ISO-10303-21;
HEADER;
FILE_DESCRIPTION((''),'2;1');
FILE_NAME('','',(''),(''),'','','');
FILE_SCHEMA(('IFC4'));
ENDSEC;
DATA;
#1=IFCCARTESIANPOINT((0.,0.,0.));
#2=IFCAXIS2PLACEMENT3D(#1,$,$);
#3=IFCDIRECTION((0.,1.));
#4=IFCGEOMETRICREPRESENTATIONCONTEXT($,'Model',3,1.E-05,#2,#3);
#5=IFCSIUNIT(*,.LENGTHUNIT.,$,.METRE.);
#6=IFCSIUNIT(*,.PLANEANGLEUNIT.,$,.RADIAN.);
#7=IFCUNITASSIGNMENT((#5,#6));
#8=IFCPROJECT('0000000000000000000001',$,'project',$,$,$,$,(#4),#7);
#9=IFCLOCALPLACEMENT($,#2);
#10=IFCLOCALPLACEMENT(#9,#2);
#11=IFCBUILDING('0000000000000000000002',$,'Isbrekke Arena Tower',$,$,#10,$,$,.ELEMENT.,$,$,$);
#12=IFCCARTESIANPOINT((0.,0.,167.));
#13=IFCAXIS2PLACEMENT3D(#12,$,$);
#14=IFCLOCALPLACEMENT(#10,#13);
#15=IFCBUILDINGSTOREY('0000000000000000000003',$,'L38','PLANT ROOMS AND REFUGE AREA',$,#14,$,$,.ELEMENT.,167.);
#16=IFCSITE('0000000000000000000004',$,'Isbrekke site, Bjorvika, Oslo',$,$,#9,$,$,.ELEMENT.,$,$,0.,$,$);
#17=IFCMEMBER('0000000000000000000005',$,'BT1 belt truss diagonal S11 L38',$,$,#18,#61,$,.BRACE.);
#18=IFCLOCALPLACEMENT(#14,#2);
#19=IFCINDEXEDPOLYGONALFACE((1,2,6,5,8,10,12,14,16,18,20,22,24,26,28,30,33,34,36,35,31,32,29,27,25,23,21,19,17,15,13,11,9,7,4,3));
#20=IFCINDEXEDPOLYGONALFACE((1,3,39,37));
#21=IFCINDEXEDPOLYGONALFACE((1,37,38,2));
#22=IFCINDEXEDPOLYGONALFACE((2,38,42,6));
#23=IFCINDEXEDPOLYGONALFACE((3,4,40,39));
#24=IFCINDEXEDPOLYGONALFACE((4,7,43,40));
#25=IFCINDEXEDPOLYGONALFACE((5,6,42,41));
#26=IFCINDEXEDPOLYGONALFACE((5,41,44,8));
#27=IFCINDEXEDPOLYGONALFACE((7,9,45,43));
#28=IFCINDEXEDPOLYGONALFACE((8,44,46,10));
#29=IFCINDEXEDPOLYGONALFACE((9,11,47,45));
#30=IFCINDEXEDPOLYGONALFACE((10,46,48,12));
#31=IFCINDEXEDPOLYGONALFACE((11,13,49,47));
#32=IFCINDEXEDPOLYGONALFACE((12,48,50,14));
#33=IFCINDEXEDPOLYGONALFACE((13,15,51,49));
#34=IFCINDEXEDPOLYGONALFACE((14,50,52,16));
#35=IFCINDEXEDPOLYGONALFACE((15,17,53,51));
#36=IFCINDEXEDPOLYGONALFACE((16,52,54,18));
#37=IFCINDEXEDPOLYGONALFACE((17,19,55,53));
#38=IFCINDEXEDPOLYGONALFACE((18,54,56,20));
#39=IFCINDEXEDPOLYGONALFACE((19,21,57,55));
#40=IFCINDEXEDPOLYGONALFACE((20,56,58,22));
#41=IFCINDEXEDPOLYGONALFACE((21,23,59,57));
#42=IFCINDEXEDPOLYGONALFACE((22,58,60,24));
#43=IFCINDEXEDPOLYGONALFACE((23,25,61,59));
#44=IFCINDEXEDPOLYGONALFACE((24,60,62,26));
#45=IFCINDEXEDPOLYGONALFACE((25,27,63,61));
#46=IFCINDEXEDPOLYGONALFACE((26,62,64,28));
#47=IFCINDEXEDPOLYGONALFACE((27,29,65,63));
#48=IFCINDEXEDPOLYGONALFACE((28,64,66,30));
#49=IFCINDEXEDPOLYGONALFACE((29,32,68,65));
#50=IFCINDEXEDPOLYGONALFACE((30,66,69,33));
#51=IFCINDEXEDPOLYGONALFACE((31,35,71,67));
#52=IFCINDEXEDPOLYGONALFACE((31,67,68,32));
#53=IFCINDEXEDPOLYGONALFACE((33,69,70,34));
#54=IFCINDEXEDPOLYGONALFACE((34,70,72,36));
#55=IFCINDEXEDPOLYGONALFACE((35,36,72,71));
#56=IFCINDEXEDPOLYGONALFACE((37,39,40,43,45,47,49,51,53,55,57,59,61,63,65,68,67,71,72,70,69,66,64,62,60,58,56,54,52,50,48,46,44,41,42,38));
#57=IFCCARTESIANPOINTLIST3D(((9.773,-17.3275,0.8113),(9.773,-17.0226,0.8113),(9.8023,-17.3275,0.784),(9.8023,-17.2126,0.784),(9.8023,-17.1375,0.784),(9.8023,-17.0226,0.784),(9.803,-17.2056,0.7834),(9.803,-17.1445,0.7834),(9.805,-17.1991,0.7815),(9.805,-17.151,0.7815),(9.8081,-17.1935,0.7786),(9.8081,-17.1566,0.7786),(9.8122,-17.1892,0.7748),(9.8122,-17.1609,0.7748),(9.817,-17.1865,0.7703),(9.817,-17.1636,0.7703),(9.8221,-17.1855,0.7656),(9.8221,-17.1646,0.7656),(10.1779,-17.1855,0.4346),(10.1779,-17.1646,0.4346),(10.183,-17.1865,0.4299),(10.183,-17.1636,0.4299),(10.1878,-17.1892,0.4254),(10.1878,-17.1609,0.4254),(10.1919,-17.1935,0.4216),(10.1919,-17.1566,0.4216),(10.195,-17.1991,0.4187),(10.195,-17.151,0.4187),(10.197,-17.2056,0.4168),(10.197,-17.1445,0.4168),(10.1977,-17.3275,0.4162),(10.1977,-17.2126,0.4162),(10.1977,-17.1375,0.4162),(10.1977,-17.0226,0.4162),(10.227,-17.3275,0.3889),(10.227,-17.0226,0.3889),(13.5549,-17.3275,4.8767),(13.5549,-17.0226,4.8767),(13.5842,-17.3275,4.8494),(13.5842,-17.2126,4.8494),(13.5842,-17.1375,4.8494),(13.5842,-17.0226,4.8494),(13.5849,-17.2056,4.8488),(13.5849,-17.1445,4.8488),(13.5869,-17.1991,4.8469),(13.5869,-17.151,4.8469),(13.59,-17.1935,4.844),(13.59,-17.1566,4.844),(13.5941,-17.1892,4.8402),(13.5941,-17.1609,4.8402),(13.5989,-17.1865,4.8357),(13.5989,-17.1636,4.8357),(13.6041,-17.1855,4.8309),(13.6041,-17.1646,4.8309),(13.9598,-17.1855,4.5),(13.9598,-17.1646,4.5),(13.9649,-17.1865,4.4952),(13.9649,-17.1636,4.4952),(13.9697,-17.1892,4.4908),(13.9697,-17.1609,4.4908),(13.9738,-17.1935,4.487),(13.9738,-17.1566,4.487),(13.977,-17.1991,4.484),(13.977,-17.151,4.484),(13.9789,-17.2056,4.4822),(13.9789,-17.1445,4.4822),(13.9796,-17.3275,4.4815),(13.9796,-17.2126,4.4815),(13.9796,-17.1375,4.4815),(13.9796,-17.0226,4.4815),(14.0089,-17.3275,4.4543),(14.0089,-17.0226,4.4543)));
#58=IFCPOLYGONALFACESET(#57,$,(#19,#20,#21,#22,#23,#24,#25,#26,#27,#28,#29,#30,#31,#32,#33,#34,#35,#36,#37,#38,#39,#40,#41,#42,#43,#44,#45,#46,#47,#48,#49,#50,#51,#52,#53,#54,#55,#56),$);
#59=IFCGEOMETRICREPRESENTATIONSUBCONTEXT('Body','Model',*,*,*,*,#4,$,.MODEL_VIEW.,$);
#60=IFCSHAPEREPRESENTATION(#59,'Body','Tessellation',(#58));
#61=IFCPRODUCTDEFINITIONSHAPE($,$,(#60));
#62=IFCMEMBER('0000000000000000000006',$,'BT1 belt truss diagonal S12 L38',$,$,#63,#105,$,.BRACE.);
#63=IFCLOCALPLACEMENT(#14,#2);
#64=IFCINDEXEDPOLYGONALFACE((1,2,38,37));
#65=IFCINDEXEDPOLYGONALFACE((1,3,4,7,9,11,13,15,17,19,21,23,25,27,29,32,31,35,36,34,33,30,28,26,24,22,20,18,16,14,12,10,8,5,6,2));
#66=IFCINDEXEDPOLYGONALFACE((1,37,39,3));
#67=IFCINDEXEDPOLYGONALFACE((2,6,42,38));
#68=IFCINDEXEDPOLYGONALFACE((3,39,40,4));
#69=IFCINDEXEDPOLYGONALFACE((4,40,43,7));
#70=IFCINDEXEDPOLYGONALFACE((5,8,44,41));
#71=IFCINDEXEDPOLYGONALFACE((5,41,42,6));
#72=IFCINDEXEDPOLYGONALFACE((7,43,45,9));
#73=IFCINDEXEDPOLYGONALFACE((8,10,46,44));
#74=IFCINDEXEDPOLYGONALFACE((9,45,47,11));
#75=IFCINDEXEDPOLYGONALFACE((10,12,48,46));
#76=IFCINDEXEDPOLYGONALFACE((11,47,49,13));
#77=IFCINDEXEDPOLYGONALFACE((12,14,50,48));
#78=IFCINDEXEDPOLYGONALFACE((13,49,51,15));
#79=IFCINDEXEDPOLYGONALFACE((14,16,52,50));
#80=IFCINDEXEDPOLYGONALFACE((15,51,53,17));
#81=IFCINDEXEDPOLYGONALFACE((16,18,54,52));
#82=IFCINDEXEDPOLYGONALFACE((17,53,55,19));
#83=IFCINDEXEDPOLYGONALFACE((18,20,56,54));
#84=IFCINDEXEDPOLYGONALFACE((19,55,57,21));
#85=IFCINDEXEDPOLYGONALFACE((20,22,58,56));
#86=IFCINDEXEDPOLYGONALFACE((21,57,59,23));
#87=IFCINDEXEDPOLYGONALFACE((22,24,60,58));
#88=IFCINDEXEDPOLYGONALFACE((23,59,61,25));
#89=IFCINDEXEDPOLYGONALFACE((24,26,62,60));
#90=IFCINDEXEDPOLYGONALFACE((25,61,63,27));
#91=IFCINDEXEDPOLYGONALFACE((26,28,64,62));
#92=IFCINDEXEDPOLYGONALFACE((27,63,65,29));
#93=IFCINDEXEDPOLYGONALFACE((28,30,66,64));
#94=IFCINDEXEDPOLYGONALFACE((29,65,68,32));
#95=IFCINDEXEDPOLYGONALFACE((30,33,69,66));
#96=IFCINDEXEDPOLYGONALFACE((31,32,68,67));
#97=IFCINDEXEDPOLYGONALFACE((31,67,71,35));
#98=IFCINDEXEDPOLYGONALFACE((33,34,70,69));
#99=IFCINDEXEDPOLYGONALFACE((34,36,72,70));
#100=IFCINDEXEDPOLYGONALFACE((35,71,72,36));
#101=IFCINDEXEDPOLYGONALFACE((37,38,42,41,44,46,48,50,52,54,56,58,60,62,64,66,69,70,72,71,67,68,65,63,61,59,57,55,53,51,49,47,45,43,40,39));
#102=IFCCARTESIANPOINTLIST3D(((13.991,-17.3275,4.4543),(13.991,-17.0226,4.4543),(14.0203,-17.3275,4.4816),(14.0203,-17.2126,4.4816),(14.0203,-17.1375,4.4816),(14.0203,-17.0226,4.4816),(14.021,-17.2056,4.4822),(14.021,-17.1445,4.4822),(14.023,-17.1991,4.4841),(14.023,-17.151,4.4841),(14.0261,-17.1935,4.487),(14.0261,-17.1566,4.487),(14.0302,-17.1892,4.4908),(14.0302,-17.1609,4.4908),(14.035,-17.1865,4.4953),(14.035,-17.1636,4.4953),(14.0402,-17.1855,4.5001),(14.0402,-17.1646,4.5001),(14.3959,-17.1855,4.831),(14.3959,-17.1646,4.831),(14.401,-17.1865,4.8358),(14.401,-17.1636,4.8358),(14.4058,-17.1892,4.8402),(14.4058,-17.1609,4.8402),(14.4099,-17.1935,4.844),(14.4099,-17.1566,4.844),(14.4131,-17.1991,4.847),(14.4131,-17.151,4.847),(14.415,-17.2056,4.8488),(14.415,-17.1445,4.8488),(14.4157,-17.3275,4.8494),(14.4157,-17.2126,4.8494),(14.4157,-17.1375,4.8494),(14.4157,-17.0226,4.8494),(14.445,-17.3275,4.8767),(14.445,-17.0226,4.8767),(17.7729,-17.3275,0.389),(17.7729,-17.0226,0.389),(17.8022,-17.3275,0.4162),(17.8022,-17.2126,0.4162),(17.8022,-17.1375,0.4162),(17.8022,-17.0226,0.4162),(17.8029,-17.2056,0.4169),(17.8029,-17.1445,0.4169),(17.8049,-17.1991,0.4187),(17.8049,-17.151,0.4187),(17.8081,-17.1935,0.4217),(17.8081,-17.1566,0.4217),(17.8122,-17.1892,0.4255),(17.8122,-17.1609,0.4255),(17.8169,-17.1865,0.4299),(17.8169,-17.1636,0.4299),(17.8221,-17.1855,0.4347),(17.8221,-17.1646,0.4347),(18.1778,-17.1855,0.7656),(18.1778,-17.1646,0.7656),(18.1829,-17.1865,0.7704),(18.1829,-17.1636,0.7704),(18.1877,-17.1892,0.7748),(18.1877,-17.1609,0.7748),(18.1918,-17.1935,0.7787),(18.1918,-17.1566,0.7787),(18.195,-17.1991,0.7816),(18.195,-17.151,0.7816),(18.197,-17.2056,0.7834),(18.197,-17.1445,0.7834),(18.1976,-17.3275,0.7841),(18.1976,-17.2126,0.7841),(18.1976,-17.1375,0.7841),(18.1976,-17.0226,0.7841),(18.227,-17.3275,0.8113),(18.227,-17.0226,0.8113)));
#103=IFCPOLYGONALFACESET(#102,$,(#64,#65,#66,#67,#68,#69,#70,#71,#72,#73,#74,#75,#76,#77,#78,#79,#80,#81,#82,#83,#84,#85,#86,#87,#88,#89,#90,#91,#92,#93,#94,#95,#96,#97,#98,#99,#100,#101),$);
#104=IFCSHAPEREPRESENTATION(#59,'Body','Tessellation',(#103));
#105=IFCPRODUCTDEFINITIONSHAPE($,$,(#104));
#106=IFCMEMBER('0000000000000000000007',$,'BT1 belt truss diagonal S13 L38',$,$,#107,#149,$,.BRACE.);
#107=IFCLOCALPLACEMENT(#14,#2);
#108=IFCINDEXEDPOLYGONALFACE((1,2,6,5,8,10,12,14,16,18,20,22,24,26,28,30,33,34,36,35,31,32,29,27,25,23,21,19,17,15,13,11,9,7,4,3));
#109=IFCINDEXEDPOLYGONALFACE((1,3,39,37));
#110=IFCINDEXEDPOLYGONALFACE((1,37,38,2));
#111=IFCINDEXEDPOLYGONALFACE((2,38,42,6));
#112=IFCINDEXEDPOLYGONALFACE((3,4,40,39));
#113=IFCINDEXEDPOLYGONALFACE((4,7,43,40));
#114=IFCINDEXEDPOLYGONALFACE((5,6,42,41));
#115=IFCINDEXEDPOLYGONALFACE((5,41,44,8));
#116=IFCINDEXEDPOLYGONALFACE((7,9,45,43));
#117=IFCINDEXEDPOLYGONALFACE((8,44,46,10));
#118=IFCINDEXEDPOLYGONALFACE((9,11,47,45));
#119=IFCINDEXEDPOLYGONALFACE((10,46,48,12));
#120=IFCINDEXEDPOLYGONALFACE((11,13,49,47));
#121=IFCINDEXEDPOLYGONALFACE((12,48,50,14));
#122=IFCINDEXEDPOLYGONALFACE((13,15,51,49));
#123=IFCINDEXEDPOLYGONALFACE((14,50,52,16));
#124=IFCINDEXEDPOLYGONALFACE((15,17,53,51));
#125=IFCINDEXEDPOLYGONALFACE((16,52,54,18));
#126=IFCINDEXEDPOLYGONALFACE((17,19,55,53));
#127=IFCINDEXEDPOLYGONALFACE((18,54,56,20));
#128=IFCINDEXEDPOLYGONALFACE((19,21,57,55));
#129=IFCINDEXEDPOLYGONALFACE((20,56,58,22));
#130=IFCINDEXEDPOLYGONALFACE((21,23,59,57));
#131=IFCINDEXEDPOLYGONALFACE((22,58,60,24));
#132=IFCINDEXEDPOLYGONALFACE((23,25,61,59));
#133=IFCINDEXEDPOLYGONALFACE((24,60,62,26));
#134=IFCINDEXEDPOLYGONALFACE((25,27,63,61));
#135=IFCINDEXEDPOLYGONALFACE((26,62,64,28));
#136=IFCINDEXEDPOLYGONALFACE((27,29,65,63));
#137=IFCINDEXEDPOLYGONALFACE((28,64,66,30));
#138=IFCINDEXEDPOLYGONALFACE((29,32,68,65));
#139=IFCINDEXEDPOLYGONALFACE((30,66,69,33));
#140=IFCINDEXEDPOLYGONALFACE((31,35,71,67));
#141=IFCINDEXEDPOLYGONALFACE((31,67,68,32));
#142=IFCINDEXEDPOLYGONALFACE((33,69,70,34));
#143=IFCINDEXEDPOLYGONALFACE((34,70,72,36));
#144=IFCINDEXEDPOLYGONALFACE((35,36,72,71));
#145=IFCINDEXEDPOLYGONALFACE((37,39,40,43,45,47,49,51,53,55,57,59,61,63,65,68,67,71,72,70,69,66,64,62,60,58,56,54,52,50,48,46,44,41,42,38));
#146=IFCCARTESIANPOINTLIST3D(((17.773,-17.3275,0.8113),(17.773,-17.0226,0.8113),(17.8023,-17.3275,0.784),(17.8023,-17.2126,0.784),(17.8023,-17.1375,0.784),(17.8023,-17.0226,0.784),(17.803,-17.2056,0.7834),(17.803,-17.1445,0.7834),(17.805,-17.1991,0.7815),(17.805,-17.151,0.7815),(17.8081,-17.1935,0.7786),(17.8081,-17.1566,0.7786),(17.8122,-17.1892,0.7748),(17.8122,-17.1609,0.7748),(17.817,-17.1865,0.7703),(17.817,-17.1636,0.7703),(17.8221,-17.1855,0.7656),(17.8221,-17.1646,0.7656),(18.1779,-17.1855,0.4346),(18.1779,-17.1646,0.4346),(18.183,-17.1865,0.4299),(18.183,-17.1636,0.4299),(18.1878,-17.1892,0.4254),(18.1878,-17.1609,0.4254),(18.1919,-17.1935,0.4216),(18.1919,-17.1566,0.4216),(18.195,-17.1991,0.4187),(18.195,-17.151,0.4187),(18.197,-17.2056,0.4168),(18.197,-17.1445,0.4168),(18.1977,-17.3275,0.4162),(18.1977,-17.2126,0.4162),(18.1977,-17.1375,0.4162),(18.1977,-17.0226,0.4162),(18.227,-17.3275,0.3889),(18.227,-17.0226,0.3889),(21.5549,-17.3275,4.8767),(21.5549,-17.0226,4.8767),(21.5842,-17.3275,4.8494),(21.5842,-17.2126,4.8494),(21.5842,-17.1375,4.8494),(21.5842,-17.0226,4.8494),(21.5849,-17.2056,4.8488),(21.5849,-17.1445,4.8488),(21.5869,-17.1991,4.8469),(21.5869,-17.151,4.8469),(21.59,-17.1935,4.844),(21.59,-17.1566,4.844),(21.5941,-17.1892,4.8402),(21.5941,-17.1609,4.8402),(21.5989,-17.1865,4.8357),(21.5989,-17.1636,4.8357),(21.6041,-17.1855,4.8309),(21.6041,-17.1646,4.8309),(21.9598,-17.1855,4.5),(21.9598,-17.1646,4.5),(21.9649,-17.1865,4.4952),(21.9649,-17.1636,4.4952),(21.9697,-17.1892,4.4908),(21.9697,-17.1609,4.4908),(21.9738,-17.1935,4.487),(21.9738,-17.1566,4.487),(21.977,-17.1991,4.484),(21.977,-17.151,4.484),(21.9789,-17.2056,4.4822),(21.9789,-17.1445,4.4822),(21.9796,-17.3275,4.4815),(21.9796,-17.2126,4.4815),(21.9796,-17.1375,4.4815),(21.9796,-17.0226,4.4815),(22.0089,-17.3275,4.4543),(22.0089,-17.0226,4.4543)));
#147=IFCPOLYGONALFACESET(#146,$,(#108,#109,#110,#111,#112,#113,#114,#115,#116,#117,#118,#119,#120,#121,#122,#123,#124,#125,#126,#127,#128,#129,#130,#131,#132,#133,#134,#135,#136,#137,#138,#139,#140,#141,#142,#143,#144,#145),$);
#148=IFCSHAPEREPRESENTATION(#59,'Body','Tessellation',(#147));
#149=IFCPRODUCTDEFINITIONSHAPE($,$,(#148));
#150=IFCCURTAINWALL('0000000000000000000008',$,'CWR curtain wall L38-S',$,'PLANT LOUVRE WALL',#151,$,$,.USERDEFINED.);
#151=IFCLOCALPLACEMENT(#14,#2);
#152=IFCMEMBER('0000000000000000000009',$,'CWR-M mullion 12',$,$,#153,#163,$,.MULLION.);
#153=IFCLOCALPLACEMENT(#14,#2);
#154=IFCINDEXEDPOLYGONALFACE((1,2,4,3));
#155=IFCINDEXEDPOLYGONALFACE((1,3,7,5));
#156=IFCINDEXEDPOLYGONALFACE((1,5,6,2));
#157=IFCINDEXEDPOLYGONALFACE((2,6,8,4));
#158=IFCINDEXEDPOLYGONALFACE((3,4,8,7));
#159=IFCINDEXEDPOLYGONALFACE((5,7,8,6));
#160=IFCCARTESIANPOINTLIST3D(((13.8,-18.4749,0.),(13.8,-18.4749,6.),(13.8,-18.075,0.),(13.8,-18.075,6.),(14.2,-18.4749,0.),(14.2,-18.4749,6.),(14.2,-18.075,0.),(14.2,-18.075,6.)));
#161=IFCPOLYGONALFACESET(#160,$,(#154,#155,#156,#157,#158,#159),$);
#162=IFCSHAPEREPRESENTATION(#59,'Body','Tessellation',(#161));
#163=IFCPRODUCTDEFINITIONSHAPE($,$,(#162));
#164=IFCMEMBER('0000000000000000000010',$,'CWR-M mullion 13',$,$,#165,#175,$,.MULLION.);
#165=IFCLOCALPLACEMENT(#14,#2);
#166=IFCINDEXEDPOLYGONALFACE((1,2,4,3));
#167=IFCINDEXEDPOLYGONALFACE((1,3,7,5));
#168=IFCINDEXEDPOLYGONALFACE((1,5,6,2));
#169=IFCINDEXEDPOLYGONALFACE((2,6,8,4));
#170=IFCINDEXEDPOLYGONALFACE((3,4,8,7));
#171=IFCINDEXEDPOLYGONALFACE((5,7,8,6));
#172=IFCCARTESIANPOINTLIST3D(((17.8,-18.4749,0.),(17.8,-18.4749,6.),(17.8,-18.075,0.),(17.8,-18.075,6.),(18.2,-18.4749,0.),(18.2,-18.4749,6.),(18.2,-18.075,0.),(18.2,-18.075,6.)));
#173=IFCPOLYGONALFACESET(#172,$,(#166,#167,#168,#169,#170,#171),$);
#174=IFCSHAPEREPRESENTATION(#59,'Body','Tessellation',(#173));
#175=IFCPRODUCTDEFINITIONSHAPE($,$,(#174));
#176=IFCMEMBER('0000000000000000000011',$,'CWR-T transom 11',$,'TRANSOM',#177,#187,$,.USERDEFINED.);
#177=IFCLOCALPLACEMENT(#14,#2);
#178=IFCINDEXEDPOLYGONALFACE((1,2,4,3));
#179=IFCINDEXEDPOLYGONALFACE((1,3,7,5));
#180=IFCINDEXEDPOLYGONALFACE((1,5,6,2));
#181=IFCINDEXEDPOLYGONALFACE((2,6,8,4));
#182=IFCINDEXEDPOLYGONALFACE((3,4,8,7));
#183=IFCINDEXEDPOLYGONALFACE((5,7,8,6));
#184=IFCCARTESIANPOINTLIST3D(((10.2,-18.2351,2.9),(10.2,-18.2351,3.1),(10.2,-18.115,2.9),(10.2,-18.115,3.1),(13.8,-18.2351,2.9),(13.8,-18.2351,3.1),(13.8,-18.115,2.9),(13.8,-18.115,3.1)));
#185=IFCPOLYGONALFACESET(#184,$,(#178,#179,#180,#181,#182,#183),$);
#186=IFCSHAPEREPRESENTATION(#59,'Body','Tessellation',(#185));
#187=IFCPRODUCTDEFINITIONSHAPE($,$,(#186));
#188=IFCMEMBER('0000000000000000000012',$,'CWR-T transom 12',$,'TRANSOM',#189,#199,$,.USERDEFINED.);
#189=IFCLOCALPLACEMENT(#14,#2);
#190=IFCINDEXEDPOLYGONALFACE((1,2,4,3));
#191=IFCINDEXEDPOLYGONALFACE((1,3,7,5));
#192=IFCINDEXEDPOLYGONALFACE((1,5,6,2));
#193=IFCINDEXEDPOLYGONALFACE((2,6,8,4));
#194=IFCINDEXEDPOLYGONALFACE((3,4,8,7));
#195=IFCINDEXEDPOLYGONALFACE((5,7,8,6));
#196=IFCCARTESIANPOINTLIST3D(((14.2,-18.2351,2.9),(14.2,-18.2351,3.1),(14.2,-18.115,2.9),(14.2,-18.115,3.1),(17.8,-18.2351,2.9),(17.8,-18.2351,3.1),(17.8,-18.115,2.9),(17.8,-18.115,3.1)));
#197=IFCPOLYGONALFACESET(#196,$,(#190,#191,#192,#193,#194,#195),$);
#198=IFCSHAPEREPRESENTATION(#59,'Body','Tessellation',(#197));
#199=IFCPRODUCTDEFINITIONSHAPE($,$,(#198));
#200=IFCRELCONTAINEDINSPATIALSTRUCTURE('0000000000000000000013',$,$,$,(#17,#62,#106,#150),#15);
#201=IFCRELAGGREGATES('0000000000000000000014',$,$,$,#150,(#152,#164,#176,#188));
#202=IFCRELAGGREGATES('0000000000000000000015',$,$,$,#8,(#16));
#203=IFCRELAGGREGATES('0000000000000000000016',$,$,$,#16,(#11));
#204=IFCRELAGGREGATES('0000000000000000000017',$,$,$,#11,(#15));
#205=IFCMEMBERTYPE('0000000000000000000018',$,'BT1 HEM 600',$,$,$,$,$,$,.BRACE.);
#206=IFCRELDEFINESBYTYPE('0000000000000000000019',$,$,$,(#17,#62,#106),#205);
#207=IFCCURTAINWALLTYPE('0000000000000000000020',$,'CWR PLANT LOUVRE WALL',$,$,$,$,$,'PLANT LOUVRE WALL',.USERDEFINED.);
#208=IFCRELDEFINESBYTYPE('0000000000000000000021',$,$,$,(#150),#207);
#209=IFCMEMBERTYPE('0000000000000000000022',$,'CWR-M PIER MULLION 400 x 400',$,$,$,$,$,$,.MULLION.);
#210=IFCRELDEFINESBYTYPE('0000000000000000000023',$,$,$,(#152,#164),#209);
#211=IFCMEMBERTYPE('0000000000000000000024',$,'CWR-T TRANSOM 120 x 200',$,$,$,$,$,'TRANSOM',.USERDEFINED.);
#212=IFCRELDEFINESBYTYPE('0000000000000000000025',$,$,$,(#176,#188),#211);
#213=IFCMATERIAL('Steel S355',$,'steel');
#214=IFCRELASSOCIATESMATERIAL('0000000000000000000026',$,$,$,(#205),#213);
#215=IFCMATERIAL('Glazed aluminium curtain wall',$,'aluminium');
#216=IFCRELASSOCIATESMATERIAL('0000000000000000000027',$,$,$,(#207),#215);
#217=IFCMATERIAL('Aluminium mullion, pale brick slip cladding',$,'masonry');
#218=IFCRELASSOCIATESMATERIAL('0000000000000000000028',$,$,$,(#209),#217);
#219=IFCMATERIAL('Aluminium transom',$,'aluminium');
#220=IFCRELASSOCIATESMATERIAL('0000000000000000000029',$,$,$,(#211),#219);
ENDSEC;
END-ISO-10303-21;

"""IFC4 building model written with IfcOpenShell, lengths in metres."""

from ifc_helpers import new_model, si_unit, direction, frame, origin, origin_2d, place, context, subcontext, project, spatial, rectangle, i_section, extrude, material, material_profile, profile_set, type_object, element, aggregate, save


model = new_model("IFC4")

# Units and contexts
model_context = context("Model", 3, precision=1e-05, world=origin(), true_north=direction((0.0, 1.0)))
body_context = subcontext(model_context, "Body", "Model", "MODEL_VIEW")
ifc_project = project(units=[si_unit("LENGTHUNIT", "METRE"), si_unit("PLANEANGLEUNIT", "RADIAN")], contexts=[model_context])

# Site, building, storey
site_placement = place(None, origin())
site = spatial("IfcSite", under=ifc_project, at=site_placement, Name="Isbrekke site, Bjorvika, Oslo", CompositionType="ELEMENT", RefElevation=0.0)
building_placement = place(site_placement, origin())
building = spatial("IfcBuilding", under=site, at=building_placement, Name="Isbrekke Arena Tower", CompositionType="ELEMENT")
storey_placement = place(building_placement, frame((0.0, 0.0, 167.0)))
storey = spatial("IfcBuildingStorey", under=building, at=storey_placement, Name="L38", Description="PLANT ROOMS AND REFUGE AREA", CompositionType="ELEMENT", Elevation=167.0)

# Members
ifc_material_1 = material(Name="Steel S355", Category="steel")
ifc_material_profile_1 = material_profile(ifc_material_1, i_section(OverallWidth=0.3049, OverallDepth=0.6201, WebThickness=0.021, FlangeThickness=0.04, FilletRadius=0.0271, at=origin_2d()), Name="HEM 600")
ifc_profile_set_1 = profile_set([ifc_material_profile_1], Name="Steel S355")
member_type_1 = type_object("IfcMemberType", Name="BT1 HEM 600", PredefinedType="BRACE", material=ifc_profile_set_1)
for number, where, z_axis, x_axis, name in (
    (1, (10.0, -17.175, 0.6001), (0.681122, 0.0, 0.73217), (0.0, 1.0, 0.0), "BT1 belt truss diagonal S11 L38"),
    (2, (14.218, -17.175, 4.6655), (0.681122, 0.0, -0.73217), (0.0, 1.0, 0.0), "BT1 belt truss diagonal S12 L38"),
    (3, (18.0, -17.175, 0.6001), (0.681122, 0.0, 0.73217), (0.0, 1.0, 0.0), "BT1 belt truss diagonal S13 L38"),
):
    element("IfcMember", number, at=place(storey_placement, frame(where, z_axis=z_axis, x_axis=x_axis)), inside=storey, type_object=member_type_1, Name=name, PredefinedType="BRACE", context=body_context, shape_type="SweptSolid", body=[
        extrude(i_section(OverallWidth=0.3049, OverallDepth=0.6201, WebThickness=0.021, FlangeThickness=0.04, FilletRadius=0.0271, at=origin_2d()), origin(), (0.0, 0.0, 1.0), 5.5525),
    ])

# Curtain wall, members
ifc_material_2 = material(Name="Glazed aluminium curtain wall", Category="aluminium")
curtain_wall_type = type_object("IfcCurtainWallType", Name="CWR PLANT LOUVRE WALL", ElementType="PLANT LOUVRE WALL", PredefinedType="USERDEFINED", material=ifc_material_2)
curtain_wall_placement = place(storey_placement, origin())
curtain_wall = element("IfcCurtainWall", 4, at=curtain_wall_placement, inside=storey, type_object=curtain_wall_type, Name="CWR curtain wall L38-S", ObjectType="PLANT LOUVRE WALL", PredefinedType="USERDEFINED")
ifc_material_3 = material(Name="Aluminium mullion, pale brick slip cladding", Category="masonry")
ifc_material_profile_2 = material_profile(ifc_material_3, rectangle(XDim=0.3999, YDim=0.3999, at=origin_2d()), Name="PIER 400X400")
ifc_profile_set_2 = profile_set([ifc_material_profile_2], Name="Aluminium mullion, pale brick slip cladding")
member_type_2 = type_object("IfcMemberType", Name="CWR-M PIER MULLION 400 x 400", PredefinedType="MULLION", material=ifc_profile_set_2)
member_1_placement = place(storey_placement, frame((14.0, -18.2749, 0.0), z_axis=(0.0, 0.0, 1.0), x_axis=(1.0, 0.0, 0.0)))
member_1 = element("IfcMember", 5, at=member_1_placement, type_object=member_type_2, Name="CWR-M mullion 12", PredefinedType="MULLION", context=body_context, shape_type="SweptSolid", body=[
    extrude(rectangle(XDim=0.3999, YDim=0.3999, at=origin_2d()), origin(), (0.0, 0.0, 1.0), 6.0),
])
member_2_placement = place(storey_placement, frame((18.0, -18.2749, 0.0), z_axis=(0.0, 0.0, 1.0), x_axis=(1.0, 0.0, 0.0)))
member_2 = element("IfcMember", 6, at=member_2_placement, type_object=member_type_2, Name="CWR-M mullion 13", PredefinedType="MULLION", context=body_context, shape_type="SweptSolid", body=[
    extrude(rectangle(XDim=0.3999, YDim=0.3999, at=origin_2d()), origin(), (0.0, 0.0, 1.0), 6.0),
])
ifc_material_4 = material(Name="Aluminium transom", Category="aluminium")
ifc_material_profile_3 = material_profile(ifc_material_4, rectangle(XDim=0.1201, YDim=0.2, at=origin_2d()), Name="TRANSOM 120X200")
ifc_profile_set_3 = profile_set([ifc_material_profile_3], Name="Aluminium transom")
member_type_3 = type_object("IfcMemberType", Name="CWR-T TRANSOM 120 x 200", ElementType="TRANSOM", PredefinedType="USERDEFINED", material=ifc_profile_set_3)
member_3_placement = place(storey_placement, frame((10.2, -18.175, 3.0), z_axis=(1.0, 0.0, 0.0), x_axis=(0.0, 1.0, 0.0)))
member_3 = element("IfcMember", 7, at=member_3_placement, type_object=member_type_3, Name="CWR-T transom 11", ObjectType="TRANSOM", PredefinedType="USERDEFINED", context=body_context, shape_type="SweptSolid", body=[
    extrude(rectangle(XDim=0.1201, YDim=0.2, at=origin_2d()), origin(), (0.0, 0.0, 1.0), 3.6001),
])
member_4_placement = place(storey_placement, frame((14.2, -18.175, 3.0), z_axis=(1.0, 0.0, 0.0), x_axis=(0.0, 1.0, 0.0)))
member_4 = element("IfcMember", 8, at=member_4_placement, type_object=member_type_3, Name="CWR-T transom 12", ObjectType="TRANSOM", PredefinedType="USERDEFINED", context=body_context, shape_type="SweptSolid", body=[
    extrude(rectangle(XDim=0.1201, YDim=0.2, at=origin_2d()), origin(), (0.0, 0.0, 1.0), 3.6001),
])

aggregate(curtain_wall, [member_1, member_2, member_3, member_4])

save(model, "model.ifc")
